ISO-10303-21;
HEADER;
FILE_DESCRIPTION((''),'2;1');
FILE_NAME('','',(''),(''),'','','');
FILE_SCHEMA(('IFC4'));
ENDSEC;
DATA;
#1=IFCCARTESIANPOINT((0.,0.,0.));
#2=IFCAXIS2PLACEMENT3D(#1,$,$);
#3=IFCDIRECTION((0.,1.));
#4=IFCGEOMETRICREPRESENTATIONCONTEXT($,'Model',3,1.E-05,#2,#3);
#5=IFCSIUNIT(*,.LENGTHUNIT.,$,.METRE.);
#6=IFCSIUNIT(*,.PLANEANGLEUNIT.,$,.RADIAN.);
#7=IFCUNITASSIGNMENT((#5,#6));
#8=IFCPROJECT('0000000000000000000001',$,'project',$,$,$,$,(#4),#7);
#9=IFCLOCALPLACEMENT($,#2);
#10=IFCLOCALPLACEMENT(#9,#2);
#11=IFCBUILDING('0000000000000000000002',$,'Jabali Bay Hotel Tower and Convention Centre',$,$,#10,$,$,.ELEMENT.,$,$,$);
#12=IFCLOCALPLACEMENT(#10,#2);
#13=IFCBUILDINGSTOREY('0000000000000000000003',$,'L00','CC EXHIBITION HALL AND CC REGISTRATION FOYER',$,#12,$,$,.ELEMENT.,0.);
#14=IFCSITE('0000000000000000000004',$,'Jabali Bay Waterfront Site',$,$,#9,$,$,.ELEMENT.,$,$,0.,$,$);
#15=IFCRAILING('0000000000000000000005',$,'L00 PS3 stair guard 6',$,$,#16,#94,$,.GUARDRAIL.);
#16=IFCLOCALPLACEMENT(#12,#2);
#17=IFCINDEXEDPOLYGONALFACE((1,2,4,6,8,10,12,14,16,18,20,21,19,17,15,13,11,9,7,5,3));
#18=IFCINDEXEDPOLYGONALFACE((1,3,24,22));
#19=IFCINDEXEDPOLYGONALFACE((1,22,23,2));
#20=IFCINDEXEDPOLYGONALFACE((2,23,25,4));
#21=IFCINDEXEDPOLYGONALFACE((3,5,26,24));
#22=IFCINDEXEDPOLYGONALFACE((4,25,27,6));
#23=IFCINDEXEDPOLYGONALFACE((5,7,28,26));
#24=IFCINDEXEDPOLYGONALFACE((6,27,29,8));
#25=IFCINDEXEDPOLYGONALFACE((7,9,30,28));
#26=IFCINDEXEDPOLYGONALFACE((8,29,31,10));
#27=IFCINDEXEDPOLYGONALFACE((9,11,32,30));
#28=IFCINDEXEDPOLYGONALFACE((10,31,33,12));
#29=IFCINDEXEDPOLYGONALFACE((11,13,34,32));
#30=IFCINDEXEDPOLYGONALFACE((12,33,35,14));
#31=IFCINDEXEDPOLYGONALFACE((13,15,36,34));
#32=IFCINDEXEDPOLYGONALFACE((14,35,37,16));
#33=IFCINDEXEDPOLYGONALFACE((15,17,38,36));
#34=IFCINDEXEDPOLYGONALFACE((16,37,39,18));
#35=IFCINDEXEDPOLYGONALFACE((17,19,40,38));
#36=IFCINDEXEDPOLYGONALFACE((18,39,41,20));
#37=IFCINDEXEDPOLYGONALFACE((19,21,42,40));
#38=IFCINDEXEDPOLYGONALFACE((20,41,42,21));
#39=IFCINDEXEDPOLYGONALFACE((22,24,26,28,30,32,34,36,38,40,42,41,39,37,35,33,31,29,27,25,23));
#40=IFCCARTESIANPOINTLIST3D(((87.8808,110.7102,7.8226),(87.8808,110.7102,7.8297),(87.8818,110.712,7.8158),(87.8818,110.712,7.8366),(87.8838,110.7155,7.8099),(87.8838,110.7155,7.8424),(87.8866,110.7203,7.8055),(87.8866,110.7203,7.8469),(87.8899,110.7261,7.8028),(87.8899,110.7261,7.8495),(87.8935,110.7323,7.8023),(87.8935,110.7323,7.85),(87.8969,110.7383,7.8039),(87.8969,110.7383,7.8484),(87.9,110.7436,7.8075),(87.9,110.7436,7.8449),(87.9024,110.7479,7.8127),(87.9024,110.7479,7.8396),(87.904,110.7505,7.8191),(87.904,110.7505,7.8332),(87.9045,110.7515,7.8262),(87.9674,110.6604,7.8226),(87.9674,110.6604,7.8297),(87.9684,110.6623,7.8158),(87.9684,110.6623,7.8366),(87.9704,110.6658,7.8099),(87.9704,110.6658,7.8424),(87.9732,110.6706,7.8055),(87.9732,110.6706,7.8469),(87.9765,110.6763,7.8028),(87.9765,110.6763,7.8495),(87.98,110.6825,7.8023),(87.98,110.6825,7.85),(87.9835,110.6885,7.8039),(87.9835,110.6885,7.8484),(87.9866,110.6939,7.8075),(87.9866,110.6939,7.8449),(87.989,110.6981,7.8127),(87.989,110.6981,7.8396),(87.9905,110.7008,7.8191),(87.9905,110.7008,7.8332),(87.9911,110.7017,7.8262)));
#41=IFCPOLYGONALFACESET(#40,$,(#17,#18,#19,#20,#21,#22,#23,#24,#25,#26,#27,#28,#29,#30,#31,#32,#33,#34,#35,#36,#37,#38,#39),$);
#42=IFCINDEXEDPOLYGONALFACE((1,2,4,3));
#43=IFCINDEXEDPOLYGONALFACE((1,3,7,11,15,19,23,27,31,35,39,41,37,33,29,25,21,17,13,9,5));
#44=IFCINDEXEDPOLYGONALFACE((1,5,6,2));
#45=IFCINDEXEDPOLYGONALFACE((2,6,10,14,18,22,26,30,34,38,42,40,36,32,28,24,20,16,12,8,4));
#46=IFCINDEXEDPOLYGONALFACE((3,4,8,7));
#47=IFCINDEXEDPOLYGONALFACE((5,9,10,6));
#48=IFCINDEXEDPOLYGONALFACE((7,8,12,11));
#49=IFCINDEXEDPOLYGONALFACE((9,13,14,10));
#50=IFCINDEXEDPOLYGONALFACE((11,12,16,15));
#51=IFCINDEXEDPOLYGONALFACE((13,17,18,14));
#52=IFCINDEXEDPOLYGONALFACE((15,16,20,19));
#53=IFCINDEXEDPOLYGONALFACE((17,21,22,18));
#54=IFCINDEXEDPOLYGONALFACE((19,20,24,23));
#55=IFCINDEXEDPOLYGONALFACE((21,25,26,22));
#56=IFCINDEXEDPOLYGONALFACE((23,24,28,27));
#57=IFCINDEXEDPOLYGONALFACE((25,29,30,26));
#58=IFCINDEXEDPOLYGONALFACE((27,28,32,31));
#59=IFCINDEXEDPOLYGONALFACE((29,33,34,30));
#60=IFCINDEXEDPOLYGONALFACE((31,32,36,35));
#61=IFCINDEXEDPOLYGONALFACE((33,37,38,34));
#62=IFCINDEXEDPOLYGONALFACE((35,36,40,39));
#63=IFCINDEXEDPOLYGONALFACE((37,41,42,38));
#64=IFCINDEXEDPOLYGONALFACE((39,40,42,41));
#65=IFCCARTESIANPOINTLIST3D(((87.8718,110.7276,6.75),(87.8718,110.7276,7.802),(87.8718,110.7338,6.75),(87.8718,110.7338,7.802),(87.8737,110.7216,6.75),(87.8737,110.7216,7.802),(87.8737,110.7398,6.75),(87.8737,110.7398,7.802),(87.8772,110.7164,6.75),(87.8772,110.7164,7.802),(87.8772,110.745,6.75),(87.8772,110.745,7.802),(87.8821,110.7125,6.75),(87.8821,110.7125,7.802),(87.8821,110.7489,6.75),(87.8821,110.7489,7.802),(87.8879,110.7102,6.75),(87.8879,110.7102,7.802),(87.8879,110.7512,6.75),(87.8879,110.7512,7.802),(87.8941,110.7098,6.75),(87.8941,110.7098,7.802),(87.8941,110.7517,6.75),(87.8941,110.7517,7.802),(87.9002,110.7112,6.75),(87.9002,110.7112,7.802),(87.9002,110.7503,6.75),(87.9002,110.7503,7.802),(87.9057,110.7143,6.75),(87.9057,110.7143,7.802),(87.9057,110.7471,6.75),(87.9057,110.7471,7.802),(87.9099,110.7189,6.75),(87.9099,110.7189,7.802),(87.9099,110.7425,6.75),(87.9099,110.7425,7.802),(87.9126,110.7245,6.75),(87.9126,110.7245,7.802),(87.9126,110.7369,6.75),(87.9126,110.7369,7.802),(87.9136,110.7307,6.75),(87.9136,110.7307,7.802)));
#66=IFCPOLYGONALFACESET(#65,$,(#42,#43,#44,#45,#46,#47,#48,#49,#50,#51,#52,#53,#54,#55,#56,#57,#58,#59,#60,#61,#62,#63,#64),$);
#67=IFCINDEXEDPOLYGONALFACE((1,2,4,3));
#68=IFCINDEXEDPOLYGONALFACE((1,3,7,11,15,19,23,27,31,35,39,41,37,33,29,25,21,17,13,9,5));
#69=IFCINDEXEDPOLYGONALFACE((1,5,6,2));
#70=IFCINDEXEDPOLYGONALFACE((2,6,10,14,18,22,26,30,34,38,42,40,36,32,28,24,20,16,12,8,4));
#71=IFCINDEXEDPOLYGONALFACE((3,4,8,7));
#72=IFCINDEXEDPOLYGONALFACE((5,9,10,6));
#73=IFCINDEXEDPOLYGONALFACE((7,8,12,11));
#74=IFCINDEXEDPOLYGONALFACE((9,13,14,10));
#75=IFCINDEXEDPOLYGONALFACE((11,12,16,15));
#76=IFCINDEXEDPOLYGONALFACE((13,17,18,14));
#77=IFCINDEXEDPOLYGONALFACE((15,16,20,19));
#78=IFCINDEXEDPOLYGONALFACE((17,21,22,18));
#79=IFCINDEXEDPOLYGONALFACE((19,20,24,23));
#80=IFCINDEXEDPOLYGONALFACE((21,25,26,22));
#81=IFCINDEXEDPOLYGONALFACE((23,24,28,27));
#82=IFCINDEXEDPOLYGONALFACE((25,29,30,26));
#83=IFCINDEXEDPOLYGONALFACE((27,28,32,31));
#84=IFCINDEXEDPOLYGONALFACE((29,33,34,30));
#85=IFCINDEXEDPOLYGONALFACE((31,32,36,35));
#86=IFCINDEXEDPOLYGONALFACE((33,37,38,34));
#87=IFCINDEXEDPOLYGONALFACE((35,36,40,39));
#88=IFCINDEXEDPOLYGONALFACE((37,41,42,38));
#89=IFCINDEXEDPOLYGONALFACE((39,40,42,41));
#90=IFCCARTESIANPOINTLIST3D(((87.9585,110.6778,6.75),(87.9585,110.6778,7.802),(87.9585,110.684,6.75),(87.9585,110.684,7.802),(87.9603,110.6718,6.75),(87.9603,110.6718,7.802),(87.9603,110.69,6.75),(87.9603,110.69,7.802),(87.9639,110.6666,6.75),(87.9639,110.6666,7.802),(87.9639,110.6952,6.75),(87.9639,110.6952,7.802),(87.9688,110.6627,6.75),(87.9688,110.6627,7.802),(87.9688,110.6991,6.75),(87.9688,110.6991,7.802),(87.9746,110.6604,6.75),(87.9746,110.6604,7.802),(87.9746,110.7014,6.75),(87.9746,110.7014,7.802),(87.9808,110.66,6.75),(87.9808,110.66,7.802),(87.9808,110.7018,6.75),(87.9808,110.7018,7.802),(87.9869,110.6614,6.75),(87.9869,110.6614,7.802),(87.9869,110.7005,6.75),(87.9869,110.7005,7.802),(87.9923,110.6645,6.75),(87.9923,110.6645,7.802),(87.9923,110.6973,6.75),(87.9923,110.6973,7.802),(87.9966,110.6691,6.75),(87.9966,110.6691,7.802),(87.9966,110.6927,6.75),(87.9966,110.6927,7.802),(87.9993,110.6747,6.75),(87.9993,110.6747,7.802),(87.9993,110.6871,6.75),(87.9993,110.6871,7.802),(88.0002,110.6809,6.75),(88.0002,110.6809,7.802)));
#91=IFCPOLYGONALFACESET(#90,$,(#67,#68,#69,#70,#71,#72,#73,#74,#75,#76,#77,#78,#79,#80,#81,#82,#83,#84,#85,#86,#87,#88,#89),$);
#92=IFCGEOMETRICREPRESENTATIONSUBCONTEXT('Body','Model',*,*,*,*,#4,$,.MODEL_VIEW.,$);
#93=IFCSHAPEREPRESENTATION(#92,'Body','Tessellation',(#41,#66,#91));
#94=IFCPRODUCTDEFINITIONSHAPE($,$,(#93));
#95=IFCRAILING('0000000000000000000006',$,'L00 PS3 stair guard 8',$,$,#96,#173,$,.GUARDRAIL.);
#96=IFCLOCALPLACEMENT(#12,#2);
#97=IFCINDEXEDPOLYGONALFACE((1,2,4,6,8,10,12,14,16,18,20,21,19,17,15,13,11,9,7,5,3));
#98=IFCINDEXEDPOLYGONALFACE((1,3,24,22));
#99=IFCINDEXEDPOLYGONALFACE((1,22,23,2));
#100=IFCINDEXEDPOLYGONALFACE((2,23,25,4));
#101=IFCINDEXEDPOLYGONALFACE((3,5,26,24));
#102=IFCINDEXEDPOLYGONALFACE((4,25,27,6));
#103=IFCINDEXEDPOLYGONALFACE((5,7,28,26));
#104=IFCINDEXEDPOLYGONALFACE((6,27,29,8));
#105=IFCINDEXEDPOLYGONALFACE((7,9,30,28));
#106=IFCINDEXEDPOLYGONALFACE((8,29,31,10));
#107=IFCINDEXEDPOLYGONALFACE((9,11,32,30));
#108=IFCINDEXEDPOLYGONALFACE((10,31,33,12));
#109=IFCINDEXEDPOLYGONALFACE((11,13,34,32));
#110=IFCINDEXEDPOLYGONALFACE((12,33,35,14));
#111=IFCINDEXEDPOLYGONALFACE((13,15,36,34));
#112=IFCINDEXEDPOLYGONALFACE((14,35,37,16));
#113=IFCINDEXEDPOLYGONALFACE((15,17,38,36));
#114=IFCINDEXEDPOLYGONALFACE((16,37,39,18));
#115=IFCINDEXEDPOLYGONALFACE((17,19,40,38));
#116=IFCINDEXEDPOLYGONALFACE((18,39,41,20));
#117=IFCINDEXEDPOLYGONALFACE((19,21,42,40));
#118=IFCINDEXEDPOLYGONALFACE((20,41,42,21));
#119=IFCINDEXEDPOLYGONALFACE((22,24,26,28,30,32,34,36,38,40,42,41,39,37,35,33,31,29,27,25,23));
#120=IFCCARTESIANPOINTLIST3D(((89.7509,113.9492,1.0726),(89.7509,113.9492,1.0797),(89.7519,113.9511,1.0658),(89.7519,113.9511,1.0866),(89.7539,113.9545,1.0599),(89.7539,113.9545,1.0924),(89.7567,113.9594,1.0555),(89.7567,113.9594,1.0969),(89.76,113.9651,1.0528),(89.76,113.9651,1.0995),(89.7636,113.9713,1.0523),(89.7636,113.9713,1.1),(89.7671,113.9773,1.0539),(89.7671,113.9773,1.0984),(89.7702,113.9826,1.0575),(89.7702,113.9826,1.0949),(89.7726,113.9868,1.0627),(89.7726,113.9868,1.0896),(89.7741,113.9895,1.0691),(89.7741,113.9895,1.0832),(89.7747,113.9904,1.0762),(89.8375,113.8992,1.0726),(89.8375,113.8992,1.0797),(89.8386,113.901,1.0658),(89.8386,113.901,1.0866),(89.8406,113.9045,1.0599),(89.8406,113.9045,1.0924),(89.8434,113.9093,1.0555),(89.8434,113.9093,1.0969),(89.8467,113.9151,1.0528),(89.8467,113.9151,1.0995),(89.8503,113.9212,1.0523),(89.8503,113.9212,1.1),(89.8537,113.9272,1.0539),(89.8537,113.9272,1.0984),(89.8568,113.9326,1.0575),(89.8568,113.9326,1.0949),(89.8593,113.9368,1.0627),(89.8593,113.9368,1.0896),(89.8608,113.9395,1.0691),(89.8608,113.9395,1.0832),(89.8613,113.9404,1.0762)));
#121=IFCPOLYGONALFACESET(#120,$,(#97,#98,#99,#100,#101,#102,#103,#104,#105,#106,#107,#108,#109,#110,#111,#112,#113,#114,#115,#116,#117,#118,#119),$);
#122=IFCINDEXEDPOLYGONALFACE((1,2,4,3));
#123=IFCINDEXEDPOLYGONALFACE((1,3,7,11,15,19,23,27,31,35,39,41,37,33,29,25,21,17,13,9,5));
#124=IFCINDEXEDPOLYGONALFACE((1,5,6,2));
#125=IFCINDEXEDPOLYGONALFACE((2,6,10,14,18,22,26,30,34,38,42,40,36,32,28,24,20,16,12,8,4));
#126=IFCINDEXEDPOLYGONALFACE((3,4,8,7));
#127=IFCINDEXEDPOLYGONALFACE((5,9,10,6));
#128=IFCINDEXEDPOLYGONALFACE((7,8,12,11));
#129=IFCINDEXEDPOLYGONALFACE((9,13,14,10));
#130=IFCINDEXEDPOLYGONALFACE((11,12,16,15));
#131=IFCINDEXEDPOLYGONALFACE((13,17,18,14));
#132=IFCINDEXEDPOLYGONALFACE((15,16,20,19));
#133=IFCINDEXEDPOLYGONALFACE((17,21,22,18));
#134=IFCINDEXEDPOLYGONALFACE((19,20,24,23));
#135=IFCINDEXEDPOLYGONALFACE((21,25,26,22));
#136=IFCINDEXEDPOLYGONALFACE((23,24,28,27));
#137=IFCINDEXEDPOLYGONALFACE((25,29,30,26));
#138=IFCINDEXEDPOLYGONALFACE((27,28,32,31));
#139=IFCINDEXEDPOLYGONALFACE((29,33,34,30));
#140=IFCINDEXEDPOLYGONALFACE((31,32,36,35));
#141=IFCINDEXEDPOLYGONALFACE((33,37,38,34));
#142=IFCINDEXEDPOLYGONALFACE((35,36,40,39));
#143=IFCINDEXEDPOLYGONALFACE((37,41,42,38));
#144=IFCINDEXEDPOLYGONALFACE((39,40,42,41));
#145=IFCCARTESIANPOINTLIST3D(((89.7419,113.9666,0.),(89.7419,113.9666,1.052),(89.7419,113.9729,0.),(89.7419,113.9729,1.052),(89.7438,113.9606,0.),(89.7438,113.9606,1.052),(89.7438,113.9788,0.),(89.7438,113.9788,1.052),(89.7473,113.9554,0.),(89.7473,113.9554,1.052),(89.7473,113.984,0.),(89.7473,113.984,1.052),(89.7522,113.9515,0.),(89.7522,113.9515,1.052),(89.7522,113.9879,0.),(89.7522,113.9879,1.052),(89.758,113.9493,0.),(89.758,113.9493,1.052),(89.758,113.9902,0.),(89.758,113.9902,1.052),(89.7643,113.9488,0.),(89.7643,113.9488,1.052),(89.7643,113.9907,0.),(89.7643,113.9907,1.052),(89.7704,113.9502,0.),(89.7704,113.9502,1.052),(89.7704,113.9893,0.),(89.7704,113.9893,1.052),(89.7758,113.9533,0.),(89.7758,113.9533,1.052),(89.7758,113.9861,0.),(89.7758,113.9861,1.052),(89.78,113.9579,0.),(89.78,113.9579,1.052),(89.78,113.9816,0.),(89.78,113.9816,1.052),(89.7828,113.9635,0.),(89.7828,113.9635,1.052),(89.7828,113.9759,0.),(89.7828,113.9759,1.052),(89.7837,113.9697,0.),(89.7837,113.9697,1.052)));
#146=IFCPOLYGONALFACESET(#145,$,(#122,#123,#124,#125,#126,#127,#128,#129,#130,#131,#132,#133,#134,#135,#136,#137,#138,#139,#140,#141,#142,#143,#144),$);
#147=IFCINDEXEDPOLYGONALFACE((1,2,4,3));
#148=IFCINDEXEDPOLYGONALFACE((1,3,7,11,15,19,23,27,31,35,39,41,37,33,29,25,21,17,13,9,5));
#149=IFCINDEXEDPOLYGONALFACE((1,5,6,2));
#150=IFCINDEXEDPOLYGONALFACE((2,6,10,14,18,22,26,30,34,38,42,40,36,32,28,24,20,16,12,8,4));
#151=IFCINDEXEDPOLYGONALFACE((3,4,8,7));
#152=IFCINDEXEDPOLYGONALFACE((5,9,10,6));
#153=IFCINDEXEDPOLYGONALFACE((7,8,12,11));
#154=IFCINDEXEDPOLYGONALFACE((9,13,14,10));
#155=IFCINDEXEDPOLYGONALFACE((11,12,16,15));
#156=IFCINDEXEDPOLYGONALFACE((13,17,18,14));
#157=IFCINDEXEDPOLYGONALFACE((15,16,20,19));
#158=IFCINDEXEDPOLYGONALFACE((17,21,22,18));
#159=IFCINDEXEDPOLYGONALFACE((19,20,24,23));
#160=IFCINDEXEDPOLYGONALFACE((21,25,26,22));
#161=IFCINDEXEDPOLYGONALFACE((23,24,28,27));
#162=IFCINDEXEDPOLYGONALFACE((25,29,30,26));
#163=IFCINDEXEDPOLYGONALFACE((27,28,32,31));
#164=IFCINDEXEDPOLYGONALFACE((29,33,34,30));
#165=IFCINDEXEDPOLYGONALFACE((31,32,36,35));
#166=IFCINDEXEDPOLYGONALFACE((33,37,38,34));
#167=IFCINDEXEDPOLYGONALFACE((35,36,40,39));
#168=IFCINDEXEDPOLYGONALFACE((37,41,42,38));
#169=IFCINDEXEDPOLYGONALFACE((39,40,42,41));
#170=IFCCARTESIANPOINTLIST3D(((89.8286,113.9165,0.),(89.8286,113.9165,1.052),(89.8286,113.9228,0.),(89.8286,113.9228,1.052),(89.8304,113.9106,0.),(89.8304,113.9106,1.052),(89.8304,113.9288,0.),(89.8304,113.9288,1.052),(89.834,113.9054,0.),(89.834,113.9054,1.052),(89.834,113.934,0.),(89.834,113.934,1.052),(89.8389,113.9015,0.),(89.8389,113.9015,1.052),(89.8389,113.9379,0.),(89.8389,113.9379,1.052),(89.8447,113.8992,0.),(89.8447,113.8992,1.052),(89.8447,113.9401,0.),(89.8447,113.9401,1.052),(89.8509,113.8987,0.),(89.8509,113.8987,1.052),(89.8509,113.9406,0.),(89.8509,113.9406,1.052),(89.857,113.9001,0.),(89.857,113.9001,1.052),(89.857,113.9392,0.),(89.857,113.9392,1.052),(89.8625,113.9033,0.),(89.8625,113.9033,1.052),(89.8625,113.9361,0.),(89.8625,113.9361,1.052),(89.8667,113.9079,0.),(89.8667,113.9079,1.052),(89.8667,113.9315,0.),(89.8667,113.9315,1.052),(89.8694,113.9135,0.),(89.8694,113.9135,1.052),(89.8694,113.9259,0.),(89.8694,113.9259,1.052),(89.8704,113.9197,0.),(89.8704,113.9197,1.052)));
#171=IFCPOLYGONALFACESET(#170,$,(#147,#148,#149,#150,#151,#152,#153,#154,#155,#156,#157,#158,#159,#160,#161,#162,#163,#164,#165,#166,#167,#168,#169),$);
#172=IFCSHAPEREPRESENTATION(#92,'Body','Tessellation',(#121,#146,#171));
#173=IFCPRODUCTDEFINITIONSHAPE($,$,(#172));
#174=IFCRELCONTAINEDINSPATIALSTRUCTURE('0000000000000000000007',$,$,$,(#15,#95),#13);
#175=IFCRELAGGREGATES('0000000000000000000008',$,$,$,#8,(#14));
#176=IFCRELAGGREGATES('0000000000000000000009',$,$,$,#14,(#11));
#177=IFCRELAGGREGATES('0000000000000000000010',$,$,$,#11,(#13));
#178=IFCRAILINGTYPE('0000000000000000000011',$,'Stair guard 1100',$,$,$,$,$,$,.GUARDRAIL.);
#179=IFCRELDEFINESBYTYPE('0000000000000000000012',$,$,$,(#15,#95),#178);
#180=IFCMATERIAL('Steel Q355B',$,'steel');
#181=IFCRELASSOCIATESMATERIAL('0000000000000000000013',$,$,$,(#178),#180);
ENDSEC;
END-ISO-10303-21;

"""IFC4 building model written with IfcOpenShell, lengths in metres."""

from ifc_helpers import new_model, si_unit, direction, frame, origin, origin_2d, place, context, subcontext, project, spatial, circle, extrude, material, type_object, element, save


model = new_model("IFC4")

# Units and contexts
model_context = context("Model", 3, precision=1e-05, world=origin(), true_north=direction((0.0, 1.0)))
body_context = subcontext(model_context, "Body", "Model", "MODEL_VIEW")
ifc_project = project(units=[si_unit("LENGTHUNIT", "METRE"), si_unit("PLANEANGLEUNIT", "RADIAN")], contexts=[model_context])

# Site, building, storey
site_placement = place(None, origin())
site = spatial("IfcSite", under=ifc_project, at=site_placement, Name="Jabali Bay Waterfront Site", CompositionType="ELEMENT", RefElevation=0.0)
building_placement = place(site_placement, origin())
building = spatial("IfcBuilding", under=site, at=building_placement, Name="Jabali Bay Hotel Tower and Convention Centre", CompositionType="ELEMENT")
storey_placement = place(building_placement, origin())
storey = spatial("IfcBuildingStorey", under=building, at=storey_placement, Name="L00", Description="CC EXHIBITION HALL AND CC REGISTRATION FOYER", CompositionType="ELEMENT", Elevation=0.0)

# Railings
ifc_material_1 = material(Name="Steel Q355B", Category="steel")
railing_type_1 = type_object("IfcRailingType", Name="Stair guard 1100", PredefinedType="GUARDRAIL", material=ifc_material_1)
railing_1_placement = place(storey_placement, frame((87.8926, 110.7307, 6.75)))
element("IfcRailing", 1, at=railing_1_placement, inside=storey, type_object=railing_type_1, Name="L00 PS3 stair guard 6", PredefinedType="GUARDRAIL", context=body_context, shape_type="SweptSolid", body=[
    extrude(circle(Radius=0.0239, at=origin_2d()), frame((0.0, 0.0, 1.0762), z_axis=(0.867038, -0.498242, 0.0), x_axis=(0.498242, 0.867038, 0.0)), (0.0, 0.0, 1.0), 0.0999),
    extrude(circle(Radius=0.021, at=origin_2d()), origin(), (0.0, 0.0, 1.0), 1.052),
    extrude(circle(Radius=0.021, at=origin_2d()), frame((0.0867, -0.0498, 0.0)), (0.0, 0.0, 1.0), 1.052),
])
railing_2_placement = place(storey_placement, frame((89.7627, 113.9697, 0.0)))
element("IfcRailing", 2, at=railing_2_placement, inside=storey, type_object=railing_type_1, Name="L00 PS3 stair guard 8", PredefinedType="GUARDRAIL", context=body_context, shape_type="SweptSolid", body=[
    extrude(circle(Radius=0.0239, at=origin_2d()), frame((0.0, 0.0, 1.0762), z_axis=(0.865982, -0.500074, 0.0), x_axis=(0.500074, 0.865982, 0.0)), (0.0, 0.0, 1.0), 0.1001),
    extrude(circle(Radius=0.021, at=origin_2d()), origin(), (0.0, 0.0, 1.0), 1.052),
    extrude(circle(Radius=0.021, at=origin_2d()), frame((0.0867, -0.05, 0.0)), (0.0, 0.0, 1.0), 1.052),
])

save(model, "model.ifc")
